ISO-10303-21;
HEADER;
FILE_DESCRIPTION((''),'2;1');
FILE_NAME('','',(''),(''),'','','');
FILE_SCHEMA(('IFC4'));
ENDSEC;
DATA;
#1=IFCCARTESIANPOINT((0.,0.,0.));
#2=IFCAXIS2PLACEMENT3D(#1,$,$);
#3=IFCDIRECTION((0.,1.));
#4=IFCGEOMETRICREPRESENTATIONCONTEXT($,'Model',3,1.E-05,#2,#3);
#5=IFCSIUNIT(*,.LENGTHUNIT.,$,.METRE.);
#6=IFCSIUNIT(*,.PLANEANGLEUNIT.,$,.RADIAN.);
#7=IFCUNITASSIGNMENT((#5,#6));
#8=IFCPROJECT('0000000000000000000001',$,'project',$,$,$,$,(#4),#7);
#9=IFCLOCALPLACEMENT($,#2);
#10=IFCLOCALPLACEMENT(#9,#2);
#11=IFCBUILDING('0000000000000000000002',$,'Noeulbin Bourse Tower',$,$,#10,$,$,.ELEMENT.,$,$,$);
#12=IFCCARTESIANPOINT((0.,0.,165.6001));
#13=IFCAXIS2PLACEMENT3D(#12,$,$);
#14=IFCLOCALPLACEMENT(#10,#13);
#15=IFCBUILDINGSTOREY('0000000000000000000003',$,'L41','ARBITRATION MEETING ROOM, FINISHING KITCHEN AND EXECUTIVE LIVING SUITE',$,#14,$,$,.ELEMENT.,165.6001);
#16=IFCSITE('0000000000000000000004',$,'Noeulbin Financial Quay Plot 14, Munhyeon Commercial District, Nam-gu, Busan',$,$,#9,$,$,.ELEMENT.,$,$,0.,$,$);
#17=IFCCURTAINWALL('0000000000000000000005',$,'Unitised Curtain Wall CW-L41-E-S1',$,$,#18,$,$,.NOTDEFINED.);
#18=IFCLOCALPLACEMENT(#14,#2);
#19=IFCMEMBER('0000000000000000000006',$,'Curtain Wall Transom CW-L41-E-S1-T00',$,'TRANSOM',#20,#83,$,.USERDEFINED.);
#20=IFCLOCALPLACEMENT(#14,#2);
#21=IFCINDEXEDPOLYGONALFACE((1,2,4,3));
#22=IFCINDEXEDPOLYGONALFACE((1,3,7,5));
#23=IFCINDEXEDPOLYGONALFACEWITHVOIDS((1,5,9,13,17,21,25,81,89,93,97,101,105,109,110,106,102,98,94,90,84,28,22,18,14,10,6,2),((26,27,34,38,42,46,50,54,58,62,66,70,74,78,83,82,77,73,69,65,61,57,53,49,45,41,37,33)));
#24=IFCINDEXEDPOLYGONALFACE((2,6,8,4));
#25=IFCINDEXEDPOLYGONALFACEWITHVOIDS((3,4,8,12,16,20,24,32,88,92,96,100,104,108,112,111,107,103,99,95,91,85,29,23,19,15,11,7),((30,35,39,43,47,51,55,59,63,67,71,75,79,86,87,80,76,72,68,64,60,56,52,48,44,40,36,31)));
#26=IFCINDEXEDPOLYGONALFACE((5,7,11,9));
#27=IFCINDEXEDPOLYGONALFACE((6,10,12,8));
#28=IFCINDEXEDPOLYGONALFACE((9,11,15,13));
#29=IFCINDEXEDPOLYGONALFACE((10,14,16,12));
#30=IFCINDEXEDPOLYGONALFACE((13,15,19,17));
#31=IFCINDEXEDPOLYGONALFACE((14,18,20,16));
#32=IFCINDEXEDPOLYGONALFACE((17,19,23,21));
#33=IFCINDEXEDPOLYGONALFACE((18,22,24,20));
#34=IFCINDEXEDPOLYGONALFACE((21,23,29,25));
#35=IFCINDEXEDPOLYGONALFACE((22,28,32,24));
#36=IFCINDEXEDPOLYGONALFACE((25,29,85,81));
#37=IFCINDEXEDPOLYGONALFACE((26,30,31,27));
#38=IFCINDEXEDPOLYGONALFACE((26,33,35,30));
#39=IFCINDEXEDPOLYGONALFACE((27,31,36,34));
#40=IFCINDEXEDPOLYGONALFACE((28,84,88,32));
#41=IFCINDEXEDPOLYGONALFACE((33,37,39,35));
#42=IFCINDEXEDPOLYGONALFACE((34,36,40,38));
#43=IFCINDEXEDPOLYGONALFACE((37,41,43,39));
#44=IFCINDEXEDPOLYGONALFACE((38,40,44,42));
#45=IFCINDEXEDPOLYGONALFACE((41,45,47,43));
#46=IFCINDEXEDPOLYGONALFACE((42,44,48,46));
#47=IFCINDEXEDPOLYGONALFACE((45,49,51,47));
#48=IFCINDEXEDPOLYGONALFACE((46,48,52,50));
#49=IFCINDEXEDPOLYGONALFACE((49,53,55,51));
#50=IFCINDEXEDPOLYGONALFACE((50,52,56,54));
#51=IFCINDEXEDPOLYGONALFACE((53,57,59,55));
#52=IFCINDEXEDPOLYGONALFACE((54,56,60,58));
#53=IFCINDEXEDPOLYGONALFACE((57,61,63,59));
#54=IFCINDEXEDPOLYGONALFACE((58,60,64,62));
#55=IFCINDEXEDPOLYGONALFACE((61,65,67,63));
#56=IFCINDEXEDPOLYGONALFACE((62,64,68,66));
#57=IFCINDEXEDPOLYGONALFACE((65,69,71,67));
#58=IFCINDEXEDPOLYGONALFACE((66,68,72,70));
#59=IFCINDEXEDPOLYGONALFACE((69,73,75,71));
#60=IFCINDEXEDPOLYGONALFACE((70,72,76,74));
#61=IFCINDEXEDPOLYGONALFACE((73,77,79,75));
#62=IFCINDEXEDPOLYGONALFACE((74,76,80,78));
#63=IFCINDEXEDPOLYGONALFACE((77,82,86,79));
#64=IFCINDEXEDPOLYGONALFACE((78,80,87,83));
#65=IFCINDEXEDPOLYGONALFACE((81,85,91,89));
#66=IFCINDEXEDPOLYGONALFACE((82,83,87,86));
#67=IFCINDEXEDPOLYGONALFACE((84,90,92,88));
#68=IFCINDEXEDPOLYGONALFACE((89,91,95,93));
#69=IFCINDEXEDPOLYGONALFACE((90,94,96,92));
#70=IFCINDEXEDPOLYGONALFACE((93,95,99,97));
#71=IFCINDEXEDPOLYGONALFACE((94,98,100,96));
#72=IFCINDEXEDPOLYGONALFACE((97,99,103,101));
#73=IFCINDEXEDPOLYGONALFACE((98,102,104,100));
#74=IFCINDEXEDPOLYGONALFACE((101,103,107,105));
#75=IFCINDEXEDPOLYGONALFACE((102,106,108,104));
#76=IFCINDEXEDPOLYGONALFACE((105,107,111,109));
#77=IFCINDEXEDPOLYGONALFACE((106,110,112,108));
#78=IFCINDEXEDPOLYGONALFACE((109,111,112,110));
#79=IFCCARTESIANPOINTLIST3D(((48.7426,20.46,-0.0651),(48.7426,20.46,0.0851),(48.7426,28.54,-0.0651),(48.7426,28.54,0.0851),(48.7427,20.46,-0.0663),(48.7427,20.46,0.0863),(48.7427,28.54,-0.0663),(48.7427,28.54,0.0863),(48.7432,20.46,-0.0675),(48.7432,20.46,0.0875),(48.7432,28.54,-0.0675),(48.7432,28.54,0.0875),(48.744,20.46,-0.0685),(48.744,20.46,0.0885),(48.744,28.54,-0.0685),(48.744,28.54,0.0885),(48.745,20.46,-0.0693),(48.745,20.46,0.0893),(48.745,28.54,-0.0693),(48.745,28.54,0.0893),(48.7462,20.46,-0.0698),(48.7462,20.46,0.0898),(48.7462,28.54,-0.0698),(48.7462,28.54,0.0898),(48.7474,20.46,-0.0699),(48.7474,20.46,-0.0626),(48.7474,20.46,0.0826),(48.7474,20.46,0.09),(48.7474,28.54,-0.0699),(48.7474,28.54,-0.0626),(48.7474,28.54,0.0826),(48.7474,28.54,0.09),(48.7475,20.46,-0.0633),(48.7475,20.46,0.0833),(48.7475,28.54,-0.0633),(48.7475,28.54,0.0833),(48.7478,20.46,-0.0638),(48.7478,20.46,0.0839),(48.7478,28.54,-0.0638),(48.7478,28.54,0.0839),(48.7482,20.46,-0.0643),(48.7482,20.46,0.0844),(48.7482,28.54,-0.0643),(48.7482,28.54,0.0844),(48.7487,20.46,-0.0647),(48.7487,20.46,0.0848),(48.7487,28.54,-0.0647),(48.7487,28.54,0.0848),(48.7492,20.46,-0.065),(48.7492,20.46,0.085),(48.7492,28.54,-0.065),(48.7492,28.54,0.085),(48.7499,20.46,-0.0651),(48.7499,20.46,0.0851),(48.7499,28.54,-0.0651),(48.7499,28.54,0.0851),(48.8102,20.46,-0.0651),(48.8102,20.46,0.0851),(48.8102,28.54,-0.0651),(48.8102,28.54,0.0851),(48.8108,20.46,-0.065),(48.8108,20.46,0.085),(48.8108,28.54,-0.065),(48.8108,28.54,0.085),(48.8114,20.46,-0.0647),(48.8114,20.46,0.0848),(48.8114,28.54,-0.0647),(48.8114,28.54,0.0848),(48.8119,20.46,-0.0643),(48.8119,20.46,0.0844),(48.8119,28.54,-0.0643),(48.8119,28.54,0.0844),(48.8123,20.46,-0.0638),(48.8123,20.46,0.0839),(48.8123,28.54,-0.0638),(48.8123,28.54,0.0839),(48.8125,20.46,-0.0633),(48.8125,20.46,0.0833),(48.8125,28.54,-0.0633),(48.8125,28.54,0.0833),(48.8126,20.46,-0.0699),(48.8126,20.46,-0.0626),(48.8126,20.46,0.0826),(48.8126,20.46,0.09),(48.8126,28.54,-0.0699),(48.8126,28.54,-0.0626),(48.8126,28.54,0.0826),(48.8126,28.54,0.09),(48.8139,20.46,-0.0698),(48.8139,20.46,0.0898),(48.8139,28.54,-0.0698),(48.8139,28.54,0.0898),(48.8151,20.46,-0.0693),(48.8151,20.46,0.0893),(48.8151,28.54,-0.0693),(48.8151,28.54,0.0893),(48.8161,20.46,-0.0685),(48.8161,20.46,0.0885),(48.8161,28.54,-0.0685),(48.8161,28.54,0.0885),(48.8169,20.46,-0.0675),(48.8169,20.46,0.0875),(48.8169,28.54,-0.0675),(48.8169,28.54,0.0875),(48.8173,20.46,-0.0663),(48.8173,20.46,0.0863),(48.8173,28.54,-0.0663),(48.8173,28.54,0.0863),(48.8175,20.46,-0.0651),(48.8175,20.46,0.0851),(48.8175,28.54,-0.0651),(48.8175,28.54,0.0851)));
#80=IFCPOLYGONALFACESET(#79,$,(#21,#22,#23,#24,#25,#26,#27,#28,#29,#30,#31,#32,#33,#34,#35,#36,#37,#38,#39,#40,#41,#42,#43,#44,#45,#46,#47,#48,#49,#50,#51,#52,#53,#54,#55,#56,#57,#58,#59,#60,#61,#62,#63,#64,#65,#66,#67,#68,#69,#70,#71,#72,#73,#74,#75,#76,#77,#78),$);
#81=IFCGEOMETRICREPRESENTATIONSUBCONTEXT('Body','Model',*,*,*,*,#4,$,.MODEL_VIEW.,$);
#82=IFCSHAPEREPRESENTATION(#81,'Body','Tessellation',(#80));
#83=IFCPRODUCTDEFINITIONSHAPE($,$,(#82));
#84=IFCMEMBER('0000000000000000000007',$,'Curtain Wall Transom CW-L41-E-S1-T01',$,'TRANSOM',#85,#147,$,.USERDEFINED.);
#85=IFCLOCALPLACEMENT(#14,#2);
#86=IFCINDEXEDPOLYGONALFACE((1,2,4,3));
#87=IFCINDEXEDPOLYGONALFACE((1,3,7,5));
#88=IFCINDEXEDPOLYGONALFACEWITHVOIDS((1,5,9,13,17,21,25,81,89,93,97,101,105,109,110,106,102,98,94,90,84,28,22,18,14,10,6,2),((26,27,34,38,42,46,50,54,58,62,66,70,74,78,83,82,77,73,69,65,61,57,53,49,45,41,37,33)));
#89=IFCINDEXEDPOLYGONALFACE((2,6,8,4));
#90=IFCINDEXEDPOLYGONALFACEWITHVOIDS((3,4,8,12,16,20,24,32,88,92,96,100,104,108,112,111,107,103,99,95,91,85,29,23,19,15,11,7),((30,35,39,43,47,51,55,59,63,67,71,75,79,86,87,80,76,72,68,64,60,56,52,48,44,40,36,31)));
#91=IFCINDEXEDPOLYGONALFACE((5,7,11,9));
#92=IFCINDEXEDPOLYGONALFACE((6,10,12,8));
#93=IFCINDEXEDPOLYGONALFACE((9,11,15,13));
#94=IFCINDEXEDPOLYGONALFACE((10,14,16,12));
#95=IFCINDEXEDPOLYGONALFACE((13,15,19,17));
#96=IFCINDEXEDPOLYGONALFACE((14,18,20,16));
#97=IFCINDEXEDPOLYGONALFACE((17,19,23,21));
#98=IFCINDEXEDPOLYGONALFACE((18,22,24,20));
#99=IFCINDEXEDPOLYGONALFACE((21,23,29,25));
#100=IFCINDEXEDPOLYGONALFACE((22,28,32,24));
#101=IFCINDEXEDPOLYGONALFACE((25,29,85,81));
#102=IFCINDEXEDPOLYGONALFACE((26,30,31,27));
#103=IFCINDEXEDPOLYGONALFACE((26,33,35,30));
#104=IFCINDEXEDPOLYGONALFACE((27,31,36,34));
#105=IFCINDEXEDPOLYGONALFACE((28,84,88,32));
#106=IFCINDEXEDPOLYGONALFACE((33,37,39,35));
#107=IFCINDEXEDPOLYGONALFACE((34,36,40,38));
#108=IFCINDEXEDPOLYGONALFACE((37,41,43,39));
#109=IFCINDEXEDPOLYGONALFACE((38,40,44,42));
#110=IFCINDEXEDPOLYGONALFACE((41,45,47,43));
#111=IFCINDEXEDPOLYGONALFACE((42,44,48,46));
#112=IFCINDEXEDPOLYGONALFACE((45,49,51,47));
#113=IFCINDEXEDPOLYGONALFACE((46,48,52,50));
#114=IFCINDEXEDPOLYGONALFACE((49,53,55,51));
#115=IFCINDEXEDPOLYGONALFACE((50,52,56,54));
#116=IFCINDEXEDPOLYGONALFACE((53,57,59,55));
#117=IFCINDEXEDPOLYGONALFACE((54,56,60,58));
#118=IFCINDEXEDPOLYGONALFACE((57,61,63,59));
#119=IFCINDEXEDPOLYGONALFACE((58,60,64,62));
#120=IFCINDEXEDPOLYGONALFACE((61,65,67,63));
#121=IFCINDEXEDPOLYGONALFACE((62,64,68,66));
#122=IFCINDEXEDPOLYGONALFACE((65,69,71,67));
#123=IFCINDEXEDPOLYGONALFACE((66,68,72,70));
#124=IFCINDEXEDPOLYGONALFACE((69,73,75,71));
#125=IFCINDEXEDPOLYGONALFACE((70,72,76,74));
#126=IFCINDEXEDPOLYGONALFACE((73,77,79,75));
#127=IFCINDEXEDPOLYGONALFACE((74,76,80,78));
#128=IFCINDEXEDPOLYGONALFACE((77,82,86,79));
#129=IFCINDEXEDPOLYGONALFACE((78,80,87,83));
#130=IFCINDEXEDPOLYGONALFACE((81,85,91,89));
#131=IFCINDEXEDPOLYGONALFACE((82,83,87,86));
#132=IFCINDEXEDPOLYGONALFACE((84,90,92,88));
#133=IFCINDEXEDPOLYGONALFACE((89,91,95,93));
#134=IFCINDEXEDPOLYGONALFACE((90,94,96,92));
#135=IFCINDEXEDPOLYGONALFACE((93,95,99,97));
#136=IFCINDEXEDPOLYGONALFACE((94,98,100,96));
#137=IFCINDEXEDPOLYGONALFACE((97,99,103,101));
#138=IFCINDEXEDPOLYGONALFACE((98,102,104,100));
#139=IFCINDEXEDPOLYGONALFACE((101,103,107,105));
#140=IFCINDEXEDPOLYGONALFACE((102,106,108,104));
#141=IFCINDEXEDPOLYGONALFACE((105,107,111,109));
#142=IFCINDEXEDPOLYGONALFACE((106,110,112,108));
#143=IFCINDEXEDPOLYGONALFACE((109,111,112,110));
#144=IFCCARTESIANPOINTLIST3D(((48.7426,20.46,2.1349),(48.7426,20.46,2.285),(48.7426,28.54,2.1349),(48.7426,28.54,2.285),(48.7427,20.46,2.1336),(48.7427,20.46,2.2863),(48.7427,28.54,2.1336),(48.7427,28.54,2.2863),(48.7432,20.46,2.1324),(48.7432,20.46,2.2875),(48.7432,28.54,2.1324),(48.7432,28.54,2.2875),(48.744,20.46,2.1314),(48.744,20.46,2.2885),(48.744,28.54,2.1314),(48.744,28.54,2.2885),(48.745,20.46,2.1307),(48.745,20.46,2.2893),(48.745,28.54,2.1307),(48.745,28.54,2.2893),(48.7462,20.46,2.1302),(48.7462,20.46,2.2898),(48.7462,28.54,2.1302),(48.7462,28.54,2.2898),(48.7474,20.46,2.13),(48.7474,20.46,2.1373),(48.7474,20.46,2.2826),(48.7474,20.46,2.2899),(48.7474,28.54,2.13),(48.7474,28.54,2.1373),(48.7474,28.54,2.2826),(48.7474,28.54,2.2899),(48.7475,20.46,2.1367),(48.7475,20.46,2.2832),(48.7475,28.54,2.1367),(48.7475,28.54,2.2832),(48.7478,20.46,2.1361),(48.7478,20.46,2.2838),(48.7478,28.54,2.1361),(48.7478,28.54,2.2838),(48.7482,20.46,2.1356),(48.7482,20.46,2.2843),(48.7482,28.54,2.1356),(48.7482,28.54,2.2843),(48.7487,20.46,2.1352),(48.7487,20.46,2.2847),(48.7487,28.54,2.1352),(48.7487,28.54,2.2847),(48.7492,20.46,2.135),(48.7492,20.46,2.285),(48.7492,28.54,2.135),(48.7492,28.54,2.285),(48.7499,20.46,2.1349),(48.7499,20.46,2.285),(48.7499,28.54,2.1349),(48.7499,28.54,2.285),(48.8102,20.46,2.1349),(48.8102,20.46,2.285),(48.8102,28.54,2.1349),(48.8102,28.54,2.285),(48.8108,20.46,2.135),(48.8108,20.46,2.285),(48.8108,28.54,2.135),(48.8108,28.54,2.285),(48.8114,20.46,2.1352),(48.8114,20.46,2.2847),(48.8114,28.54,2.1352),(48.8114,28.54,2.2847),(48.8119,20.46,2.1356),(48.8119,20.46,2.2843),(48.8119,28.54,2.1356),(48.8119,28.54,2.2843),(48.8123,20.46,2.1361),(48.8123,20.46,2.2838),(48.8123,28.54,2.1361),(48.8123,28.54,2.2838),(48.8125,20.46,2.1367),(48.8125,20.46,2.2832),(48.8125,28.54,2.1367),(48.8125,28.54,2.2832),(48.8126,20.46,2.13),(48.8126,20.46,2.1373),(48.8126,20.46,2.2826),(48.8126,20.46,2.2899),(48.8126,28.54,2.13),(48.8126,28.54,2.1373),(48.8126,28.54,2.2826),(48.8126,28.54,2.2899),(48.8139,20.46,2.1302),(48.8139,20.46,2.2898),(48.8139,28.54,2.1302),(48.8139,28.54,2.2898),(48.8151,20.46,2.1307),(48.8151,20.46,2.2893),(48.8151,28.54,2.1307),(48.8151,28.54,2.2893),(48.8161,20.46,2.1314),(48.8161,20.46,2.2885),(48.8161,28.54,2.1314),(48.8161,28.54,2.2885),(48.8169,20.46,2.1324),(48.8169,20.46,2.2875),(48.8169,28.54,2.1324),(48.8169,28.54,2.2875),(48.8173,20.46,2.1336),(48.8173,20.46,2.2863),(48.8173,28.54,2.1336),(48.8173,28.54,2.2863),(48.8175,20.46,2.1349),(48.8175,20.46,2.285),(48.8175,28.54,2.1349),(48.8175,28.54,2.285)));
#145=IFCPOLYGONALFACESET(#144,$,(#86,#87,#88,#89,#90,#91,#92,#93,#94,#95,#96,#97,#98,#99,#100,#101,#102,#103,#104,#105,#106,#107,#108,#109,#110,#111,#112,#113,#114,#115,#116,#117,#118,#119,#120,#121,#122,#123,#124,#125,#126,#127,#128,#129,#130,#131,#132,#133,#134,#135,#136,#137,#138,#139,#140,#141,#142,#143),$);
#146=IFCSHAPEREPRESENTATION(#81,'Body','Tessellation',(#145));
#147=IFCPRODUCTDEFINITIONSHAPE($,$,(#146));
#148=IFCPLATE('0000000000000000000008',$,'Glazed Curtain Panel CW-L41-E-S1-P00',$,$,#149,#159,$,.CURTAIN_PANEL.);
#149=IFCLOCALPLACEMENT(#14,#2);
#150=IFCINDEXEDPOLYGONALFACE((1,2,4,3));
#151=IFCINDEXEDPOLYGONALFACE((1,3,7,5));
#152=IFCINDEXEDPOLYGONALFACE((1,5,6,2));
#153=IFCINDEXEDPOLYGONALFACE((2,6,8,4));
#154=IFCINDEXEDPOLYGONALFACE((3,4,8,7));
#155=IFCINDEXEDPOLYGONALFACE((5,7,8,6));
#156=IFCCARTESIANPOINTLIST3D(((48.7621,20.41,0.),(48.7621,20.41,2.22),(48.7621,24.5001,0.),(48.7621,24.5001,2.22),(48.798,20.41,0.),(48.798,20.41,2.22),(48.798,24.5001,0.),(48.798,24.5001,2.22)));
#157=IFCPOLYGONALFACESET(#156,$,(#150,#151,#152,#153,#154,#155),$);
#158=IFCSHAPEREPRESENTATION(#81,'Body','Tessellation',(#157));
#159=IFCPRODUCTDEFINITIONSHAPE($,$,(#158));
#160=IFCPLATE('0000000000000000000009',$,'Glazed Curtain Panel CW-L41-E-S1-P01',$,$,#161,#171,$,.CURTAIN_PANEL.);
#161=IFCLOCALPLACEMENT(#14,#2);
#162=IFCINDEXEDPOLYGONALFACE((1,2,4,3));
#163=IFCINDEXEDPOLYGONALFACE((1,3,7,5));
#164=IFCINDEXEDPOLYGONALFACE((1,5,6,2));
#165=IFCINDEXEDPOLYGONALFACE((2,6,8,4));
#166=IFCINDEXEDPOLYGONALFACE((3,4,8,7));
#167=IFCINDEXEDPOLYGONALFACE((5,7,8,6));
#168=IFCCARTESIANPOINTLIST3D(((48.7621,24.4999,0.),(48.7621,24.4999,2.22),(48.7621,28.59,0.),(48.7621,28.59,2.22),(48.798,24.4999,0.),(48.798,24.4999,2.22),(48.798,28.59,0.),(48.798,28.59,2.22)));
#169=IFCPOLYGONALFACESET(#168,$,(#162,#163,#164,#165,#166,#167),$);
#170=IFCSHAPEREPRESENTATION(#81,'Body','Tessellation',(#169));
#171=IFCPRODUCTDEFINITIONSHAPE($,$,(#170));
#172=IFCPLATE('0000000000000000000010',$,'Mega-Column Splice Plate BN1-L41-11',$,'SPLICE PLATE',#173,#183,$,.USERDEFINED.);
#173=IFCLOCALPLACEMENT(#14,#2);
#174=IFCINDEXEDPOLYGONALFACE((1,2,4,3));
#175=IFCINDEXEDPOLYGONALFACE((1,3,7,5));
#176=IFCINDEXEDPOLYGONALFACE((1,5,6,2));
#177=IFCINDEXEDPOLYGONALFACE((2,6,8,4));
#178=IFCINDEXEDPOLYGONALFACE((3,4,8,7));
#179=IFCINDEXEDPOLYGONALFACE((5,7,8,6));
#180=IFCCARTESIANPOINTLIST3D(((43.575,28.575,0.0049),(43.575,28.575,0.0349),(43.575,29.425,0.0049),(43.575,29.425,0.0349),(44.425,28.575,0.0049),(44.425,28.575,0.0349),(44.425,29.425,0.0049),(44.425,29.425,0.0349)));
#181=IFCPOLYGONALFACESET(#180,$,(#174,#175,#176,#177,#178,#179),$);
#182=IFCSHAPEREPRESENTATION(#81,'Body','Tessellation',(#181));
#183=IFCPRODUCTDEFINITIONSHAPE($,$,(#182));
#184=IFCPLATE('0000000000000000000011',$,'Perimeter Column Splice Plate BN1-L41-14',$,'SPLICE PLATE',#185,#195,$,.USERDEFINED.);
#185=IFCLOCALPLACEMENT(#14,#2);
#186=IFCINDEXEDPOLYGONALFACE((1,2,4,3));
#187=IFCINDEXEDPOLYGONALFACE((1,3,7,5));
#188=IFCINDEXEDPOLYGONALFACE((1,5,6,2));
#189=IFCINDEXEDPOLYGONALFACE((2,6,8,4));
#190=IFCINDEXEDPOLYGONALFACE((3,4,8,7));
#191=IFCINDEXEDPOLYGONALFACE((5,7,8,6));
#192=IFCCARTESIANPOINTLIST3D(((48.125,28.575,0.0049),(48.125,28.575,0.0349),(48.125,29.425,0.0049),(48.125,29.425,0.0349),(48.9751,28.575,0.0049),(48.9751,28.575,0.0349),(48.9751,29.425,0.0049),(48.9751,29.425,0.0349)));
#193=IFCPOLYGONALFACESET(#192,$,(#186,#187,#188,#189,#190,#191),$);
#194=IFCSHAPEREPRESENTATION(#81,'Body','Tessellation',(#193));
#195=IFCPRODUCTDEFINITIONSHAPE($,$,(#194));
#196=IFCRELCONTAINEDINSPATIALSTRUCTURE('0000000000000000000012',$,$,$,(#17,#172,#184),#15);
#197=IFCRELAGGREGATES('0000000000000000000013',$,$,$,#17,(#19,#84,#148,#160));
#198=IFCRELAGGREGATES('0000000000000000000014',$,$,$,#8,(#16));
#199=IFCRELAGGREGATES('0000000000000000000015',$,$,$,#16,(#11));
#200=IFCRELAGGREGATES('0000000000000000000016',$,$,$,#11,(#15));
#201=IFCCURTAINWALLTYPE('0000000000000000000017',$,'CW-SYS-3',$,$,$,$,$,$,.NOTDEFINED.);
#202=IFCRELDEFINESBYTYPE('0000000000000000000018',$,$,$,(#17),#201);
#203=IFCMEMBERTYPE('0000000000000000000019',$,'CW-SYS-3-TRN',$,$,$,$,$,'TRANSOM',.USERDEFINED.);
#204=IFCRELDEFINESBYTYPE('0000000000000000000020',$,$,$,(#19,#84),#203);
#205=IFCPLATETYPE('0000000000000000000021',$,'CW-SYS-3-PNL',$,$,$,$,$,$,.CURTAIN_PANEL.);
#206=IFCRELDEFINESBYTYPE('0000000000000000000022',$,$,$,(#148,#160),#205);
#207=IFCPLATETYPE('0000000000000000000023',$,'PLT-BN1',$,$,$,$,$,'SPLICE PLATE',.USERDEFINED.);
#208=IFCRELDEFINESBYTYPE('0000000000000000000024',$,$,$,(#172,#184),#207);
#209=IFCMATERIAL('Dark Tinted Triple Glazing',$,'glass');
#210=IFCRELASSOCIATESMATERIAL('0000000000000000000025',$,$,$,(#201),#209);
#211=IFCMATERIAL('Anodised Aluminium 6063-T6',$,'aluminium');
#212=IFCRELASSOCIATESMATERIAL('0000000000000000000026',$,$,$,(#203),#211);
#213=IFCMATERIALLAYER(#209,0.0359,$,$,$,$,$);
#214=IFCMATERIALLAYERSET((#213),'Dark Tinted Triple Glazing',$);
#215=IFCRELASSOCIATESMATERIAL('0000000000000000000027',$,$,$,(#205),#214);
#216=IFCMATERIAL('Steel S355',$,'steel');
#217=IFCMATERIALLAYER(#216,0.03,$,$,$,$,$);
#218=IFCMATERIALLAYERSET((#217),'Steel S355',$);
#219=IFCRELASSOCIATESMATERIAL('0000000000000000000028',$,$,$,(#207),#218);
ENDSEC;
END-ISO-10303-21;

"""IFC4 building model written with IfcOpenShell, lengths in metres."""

from ifc_helpers import new_model, si_unit, direction, frame, origin, origin_2d, place, context, subcontext, project, spatial, rectangle, hollow_rectangle, extrude, material, layer, layer_set, material_profile, profile_set, type_object, element, aggregate, save


model = new_model("IFC4")

# Units and contexts
model_context = context("Model", 3, precision=1e-05, world=origin(), true_north=direction((0.0, 1.0)))
body_context = subcontext(model_context, "Body", "Model", "MODEL_VIEW")
ifc_project = project(units=[si_unit("LENGTHUNIT", "METRE"), si_unit("PLANEANGLEUNIT", "RADIAN")], contexts=[model_context])

# Site, building, storey
site_placement = place(None, origin())
site = spatial("IfcSite", under=ifc_project, at=site_placement, Name="Noeulbin Financial Quay Plot 14, Munhyeon Commercial District, Nam-gu, Busan", CompositionType="ELEMENT", RefElevation=0.0)
building_placement = place(site_placement, origin())
building = spatial("IfcBuilding", under=site, at=building_placement, Name="Noeulbin Bourse Tower", CompositionType="ELEMENT")
storey_placement = place(building_placement, frame((0.0, 0.0, 165.6001)))
storey = spatial("IfcBuildingStorey", under=building, at=storey_placement, Name="L41", Description="ARBITRATION MEETING ROOM, FINISHING KITCHEN AND EXECUTIVE LIVING SUITE", CompositionType="ELEMENT", Elevation=165.6001)

# Shared definitions
ifc_material_1 = material(Name="Steel S355", Category="steel")

# Curtain wall, members, plates
ifc_material_2 = material(Name="Dark Tinted Triple Glazing", Category="glass")
curtain_wall_type = type_object("IfcCurtainWallType", Name="CW-SYS-3", PredefinedType="NOTDEFINED", material=ifc_material_2)
curtain_wall_placement = place(storey_placement, origin())
curtain_wall = element("IfcCurtainWall", 1, at=curtain_wall_placement, inside=storey, type_object=curtain_wall_type, Name="Unitised Curtain Wall CW-L41-E-S1", PredefinedType="NOTDEFINED")
ifc_material_3 = material(Name="Anodised Aluminium 6063-T6", Category="aluminium")
ifc_material_profile_1 = material_profile(ifc_material_3, hollow_rectangle(XDim=0.075, YDim=0.1599, WallThickness=0.0049, InnerFilletRadius=0.0024, OuterFilletRadius=0.0049, at=origin_2d()), Name="ALU-TRAN-75x160x5", Category="LoadBearing")
ifc_profile_set_1 = profile_set([ifc_material_profile_1], Name="Anodised Aluminium 6063-T6")
member_type_1 = type_object("IfcMemberType", Name="CW-SYS-3-TRN", ElementType="TRANSOM", PredefinedType="USERDEFINED", material=ifc_profile_set_1)
member_1_placement = place(storey_placement, frame((48.78, 20.46, 0.01), z_axis=(0.0, 1.0, 0.0), x_axis=(-1.0, 0.0, 0.0)))
member_1 = element("IfcMember", 2, at=member_1_placement, type_object=member_type_1, Name="Curtain Wall Transom CW-L41-E-S1-T00", ObjectType="TRANSOM", PredefinedType="USERDEFINED", context=body_context, shape_type="SweptSolid", body=[
    extrude(hollow_rectangle(XDim=0.075, YDim=0.1599, WallThickness=0.0049, InnerFilletRadius=0.0024, OuterFilletRadius=0.0049, at=origin_2d()), origin(), (0.0, 0.0, 1.0), 8.0801),
])
member_2_placement = place(storey_placement, frame((48.78, 20.46, 2.21), z_axis=(0.0, 1.0, 0.0), x_axis=(-1.0, 0.0, 0.0)))
member_2 = element("IfcMember", 3, at=member_2_placement, type_object=member_type_1, Name="Curtain Wall Transom CW-L41-E-S1-T01", ObjectType="TRANSOM", PredefinedType="USERDEFINED", context=body_context, shape_type="SweptSolid", body=[
    extrude(hollow_rectangle(XDim=0.075, YDim=0.1599, WallThickness=0.0049, InnerFilletRadius=0.0024, OuterFilletRadius=0.0049, at=origin_2d()), origin(), (0.0, 0.0, 1.0), 8.0801),
])
ifc_layer_1 = layer(ifc_material_2, 0.0359)
ifc_layer_set_1 = layer_set([ifc_layer_1], Name="Dark Tinted Triple Glazing")
plate_type_1 = type_object("IfcPlateType", Name="CW-SYS-3-PNL", PredefinedType="CURTAIN_PANEL", material=ifc_layer_set_1)
plate_1_placement = place(storey_placement, frame((48.78, 22.4551, 0.0), z_axis=(0.0, 0.0, 1.0), x_axis=(0.0, 1.0, 0.0)))
plate_1 = element("IfcPlate", 4, at=plate_1_placement, type_object=plate_type_1, Name="Glazed Curtain Panel CW-L41-E-S1-P00", PredefinedType="CURTAIN_PANEL", context=body_context, shape_type="SweptSolid", body=[
    extrude(rectangle(XDim=4.0901, YDim=0.0359, at=origin_2d()), origin(), (0.0, 0.0, 1.0), 2.22),
])
plate_2_placement = place(storey_placement, frame((48.78, 26.5449, 0.0), z_axis=(0.0, 0.0, 1.0), x_axis=(0.0, 1.0, 0.0)))
plate_2 = element("IfcPlate", 5, at=plate_2_placement, type_object=plate_type_1, Name="Glazed Curtain Panel CW-L41-E-S1-P01", PredefinedType="CURTAIN_PANEL", context=body_context, shape_type="SweptSolid", body=[
    extrude(rectangle(XDim=4.0901, YDim=0.0359, at=origin_2d()), origin(), (0.0, 0.0, 1.0), 2.22),
])
aggregate(curtain_wall, [member_1, member_2, plate_1, plate_2])

# Plates
ifc_layer_2 = layer(ifc_material_1, 0.03)
ifc_layer_set_2 = layer_set([ifc_layer_2], Name="Steel S355")
plate_type_2 = type_object("IfcPlateType", Name="PLT-BN1", ElementType="SPLICE PLATE", PredefinedType="USERDEFINED", material=ifc_layer_set_2)
for number, where, z_axis, x_axis, name in (
    (6, (44.0, 29.0, 0.0049), (0.0, 0.0, 1.0), (1.0, 0.0, 0.0), "Mega-Column Splice Plate BN1-L41-11"),
    (7, (48.55, 29.0, 0.0049), (0.0, 0.0, 1.0), (1.0, 0.0, 0.0), "Perimeter Column Splice Plate BN1-L41-14"),
):
    element("IfcPlate", number, at=place(storey_placement, frame(where, z_axis=z_axis, x_axis=x_axis)), inside=storey, type_object=plate_type_2, Name=name, ObjectType="SPLICE PLATE", PredefinedType="USERDEFINED", context=body_context, shape_type="SweptSolid", body=[
        extrude(rectangle(XDim=0.8501, YDim=0.8501, at=origin_2d()), origin(), (0.0, 0.0, 1.0), 0.03),
    ])

save(model, "model.ifc")
